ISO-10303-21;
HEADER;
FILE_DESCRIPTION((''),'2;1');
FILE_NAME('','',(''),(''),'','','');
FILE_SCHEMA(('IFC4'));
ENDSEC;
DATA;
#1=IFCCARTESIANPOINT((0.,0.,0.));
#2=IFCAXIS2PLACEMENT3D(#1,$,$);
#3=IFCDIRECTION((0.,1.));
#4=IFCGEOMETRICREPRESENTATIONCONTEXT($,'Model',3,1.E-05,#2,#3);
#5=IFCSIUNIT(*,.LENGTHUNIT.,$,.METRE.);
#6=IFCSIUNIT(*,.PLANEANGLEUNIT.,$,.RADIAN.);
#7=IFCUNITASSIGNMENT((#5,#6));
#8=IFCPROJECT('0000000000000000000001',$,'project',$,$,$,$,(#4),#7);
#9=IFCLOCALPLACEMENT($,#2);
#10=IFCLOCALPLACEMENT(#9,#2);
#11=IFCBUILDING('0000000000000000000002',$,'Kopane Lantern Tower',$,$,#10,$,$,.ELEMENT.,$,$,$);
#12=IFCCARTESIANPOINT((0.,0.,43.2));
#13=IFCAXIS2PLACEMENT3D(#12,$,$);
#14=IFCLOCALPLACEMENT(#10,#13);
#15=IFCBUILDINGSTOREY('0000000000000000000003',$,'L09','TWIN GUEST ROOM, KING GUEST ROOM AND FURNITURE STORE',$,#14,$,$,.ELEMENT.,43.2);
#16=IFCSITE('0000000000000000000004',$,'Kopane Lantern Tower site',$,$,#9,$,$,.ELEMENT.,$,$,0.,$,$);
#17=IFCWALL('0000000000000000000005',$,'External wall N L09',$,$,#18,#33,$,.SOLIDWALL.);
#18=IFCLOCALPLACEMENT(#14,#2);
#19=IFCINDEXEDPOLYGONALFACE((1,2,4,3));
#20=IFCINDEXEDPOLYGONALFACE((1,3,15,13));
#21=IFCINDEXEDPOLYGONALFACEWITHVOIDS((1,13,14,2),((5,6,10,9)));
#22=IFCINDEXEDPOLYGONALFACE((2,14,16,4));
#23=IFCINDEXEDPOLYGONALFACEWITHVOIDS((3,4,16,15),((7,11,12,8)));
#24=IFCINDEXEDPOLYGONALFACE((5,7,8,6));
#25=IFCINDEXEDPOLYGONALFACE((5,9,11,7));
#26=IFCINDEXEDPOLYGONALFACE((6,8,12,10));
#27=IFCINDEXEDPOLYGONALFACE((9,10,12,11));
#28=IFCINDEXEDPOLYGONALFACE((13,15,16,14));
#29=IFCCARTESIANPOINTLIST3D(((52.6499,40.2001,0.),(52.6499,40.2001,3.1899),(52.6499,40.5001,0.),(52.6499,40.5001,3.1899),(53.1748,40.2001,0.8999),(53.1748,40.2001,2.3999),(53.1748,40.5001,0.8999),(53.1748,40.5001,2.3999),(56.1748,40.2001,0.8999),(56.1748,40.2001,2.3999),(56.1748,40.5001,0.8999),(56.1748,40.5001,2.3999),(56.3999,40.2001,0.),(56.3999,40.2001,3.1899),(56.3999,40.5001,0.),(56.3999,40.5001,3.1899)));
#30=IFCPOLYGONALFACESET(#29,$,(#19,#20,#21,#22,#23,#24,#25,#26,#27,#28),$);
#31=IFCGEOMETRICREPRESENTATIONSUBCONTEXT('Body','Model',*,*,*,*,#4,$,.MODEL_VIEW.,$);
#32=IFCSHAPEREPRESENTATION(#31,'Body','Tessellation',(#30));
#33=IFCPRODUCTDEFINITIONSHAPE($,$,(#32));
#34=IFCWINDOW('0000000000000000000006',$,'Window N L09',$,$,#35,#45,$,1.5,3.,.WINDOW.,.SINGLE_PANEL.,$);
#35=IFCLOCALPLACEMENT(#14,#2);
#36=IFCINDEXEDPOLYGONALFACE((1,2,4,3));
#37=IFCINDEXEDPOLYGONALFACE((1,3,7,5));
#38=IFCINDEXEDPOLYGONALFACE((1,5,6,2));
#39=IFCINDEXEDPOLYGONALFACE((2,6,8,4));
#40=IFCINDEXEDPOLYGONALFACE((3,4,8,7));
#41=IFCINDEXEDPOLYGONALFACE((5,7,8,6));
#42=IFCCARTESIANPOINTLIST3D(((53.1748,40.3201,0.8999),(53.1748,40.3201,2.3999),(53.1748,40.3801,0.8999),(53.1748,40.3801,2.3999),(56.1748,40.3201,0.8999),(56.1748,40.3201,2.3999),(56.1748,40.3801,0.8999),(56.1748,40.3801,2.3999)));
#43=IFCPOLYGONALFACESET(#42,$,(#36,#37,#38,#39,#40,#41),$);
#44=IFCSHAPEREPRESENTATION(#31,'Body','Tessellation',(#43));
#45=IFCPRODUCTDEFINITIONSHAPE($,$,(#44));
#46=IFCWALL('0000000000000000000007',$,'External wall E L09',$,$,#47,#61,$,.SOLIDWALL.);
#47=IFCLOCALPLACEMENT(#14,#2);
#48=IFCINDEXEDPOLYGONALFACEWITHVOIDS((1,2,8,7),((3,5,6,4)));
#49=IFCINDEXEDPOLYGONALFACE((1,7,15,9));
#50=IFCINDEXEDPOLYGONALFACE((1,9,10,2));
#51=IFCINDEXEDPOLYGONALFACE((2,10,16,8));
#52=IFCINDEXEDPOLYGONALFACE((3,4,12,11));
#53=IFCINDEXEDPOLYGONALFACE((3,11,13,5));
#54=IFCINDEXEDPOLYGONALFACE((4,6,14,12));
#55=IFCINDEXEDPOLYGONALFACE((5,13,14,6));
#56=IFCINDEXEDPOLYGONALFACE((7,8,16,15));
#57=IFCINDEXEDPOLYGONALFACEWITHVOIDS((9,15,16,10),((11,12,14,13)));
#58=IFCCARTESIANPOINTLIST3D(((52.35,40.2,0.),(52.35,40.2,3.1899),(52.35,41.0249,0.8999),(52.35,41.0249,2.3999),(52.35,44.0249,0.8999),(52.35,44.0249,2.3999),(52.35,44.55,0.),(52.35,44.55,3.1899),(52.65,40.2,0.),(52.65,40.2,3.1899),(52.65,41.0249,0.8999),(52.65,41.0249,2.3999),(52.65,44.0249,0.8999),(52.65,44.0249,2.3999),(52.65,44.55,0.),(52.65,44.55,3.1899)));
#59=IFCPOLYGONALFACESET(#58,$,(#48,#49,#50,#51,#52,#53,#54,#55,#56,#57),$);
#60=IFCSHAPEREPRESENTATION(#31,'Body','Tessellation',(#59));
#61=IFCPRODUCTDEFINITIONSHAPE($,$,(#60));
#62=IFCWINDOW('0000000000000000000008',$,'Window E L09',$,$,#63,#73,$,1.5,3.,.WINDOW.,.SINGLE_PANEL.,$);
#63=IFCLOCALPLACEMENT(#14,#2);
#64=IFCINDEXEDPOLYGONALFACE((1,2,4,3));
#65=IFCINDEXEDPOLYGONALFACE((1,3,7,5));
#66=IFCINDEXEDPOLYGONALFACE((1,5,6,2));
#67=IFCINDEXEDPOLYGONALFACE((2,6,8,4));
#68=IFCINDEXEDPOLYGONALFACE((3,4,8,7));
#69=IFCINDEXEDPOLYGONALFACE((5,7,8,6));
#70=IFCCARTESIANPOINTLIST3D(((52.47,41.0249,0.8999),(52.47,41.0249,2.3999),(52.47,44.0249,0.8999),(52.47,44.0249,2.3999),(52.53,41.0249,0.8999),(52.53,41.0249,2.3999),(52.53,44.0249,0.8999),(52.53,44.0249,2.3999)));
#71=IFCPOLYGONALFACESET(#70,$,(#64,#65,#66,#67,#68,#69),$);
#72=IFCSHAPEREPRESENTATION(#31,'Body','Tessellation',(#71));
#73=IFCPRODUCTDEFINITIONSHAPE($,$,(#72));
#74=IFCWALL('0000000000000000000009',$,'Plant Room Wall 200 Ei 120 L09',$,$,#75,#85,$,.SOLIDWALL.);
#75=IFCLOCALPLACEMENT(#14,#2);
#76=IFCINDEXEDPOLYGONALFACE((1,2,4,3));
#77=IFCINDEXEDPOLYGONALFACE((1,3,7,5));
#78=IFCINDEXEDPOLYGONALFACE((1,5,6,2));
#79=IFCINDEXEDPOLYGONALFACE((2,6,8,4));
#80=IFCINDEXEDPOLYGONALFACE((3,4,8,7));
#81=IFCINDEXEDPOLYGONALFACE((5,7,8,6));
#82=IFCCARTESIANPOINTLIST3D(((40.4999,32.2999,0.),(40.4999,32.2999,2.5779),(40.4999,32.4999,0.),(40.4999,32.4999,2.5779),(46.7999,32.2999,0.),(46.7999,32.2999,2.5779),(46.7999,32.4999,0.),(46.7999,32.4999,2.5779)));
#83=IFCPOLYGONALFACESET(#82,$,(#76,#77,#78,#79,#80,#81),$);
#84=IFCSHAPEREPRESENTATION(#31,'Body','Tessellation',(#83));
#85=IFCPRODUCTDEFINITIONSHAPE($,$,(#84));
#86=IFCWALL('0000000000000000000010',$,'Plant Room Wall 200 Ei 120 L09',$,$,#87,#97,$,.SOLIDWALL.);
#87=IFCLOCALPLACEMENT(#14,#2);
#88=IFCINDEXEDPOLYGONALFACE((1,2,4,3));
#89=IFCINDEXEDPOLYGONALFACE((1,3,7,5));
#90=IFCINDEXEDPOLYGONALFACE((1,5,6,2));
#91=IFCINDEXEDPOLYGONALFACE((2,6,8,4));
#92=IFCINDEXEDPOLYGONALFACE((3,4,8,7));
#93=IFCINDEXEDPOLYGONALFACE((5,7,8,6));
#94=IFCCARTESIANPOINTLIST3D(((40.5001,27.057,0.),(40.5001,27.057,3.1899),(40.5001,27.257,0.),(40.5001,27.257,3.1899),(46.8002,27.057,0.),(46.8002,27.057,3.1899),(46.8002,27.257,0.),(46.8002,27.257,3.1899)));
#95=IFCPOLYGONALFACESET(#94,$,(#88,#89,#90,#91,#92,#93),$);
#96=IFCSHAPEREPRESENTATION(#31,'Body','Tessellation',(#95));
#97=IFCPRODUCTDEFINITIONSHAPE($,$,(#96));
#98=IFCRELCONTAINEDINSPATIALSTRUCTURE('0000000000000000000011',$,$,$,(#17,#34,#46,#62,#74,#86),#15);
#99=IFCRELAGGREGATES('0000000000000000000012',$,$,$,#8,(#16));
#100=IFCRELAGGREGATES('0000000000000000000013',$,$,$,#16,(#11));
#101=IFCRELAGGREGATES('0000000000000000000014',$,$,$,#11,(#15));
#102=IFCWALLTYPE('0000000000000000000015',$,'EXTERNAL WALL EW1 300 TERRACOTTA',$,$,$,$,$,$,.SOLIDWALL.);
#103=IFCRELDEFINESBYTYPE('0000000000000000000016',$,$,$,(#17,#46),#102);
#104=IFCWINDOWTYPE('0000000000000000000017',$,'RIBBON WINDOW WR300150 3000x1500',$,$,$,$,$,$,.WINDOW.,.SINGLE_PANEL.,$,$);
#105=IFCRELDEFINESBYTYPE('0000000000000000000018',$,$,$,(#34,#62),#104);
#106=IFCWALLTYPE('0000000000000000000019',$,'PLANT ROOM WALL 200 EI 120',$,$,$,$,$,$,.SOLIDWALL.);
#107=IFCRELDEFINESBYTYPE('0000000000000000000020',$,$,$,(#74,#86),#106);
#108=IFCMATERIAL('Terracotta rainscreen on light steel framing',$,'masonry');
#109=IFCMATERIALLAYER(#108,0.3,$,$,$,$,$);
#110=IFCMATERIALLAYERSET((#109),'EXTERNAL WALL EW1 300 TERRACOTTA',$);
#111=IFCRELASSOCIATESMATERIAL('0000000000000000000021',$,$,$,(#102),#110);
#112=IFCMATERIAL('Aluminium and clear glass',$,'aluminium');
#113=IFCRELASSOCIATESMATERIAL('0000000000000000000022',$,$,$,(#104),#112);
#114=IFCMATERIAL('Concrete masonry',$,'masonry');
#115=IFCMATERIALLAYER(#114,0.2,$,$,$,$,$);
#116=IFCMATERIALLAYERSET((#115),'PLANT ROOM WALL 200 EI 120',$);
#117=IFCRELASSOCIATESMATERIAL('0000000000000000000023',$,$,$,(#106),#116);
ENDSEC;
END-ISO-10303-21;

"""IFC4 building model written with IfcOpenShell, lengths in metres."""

from ifc_helpers import new_model, si_unit, direction, frame, frame_2d, origin, place, context, subcontext, project, spatial, rectangle, extrude, material, layer, layer_set, type_object, element, fill, save


model = new_model("IFC4")

# Units and contexts
model_context = context("Model", 3, precision=1e-05, world=origin(), true_north=direction((0.0, 1.0)))
body_context = subcontext(model_context, "Body", "Model", "MODEL_VIEW")
ifc_project = project(units=[si_unit("LENGTHUNIT", "METRE"), si_unit("PLANEANGLEUNIT", "RADIAN")], contexts=[model_context])

# Site, building, storey
site_placement = place(None, origin())
site = spatial("IfcSite", under=ifc_project, at=site_placement, Name="Kopane Lantern Tower site", CompositionType="ELEMENT", RefElevation=0.0)
building_placement = place(site_placement, origin())
building = spatial("IfcBuilding", under=site, at=building_placement, Name="Kopane Lantern Tower", CompositionType="ELEMENT")
storey_placement = place(building_placement, frame((0.0, 0.0, 43.2)))
storey = spatial("IfcBuildingStorey", under=building, at=storey_placement, Name="L09", Description="TWIN GUEST ROOM, KING GUEST ROOM AND FURNITURE STORE", CompositionType="ELEMENT", Elevation=43.2)

# Walls, openings, windows
ifc_material_1 = material(Name="Terracotta rainscreen on light steel framing", Category="masonry")
ifc_layer_1 = layer(ifc_material_1, 0.3)
ifc_layer_set_1 = layer_set([ifc_layer_1], Name="EXTERNAL WALL EW1 300 TERRACOTTA")
wall_type_1 = type_object("IfcWallType", Name="EXTERNAL WALL EW1 300 TERRACOTTA", PredefinedType="SOLIDWALL", material=ifc_layer_set_1)
wall_1_placement = place(storey_placement, frame((56.3999, 40.3501, 0.0), z_axis=(0.0, 0.0, 1.0), x_axis=(-1.0, 0.0, 0.0)))
wall_1 = element("IfcWall", 1, at=wall_1_placement, inside=storey, type_object=wall_type_1, Name="External wall N L09", PredefinedType="SOLIDWALL", context=body_context, shape_type="SweptSolid", body=[
    extrude(rectangle(XDim=3.75, YDim=0.3, at=frame_2d((1.875, 0.0))), origin(), (0.0, 0.0, 1.0), 3.1899),
])
opening_1_placement = place(wall_1_placement, frame((0.2251, 0.0, 0.8999)))
opening_1 = element("IfcOpeningElement", 2, at=opening_1_placement, cuts=wall_1, PredefinedType="OPENING", context=body_context, shape_type="SweptSolid", body=[
    extrude(rectangle(XDim=3.0, YDim=1.5, at=frame_2d((1.5, 0.75))), frame((0.0, 0.1599, 0.0), z_axis=(0.0, -1.0, 0.0), x_axis=(1.0, 0.0, 0.0)), (0.0, 0.0, 1.0), 0.3201),
])
ifc_material_2 = material(Name="Aluminium and clear glass", Category="aluminium")
window_type = type_object("IfcWindowType", Name="RIBBON WINDOW WR300150 3000x1500", PartitioningType="SINGLE_PANEL", PredefinedType="WINDOW", material=ifc_material_2)
window_1_placement = place(opening_1_placement, origin())
window_1 = element("IfcWindow", 3, at=window_1_placement, inside=storey, type_object=window_type, Name="Window N L09", OverallHeight=1.5, OverallWidth=3.0, PartitioningType="SINGLE_PANEL", PredefinedType="WINDOW", context=body_context, shape_type="SweptSolid", body=[
    extrude(rectangle(XDim=3.0, YDim=1.5, at=frame_2d((1.5, 0.75))), frame((0.0, 0.03, 0.0), z_axis=(0.0, -1.0, 0.0), x_axis=(1.0, 0.0, 0.0)), (0.0, 0.0, 1.0), 0.0601),
])
fill(opening_1, window_1)
wall_2_placement = place(storey_placement, frame((52.5, 40.2, 0.0), z_axis=(0.0, 0.0, 1.0), x_axis=(0.0, 1.0, 0.0)))
wall_2 = element("IfcWall", 4, at=wall_2_placement, inside=storey, type_object=wall_type_1, Name="External wall E L09", PredefinedType="SOLIDWALL", context=body_context, shape_type="SweptSolid", body=[
    extrude(rectangle(XDim=4.3501, YDim=0.3, at=frame_2d((2.175, 0.0))), origin(), (0.0, 0.0, 1.0), 3.1899),
])
opening_2_placement = place(wall_2_placement, frame((0.825, 0.0, 0.8999)))
opening_2 = element("IfcOpeningElement", 5, at=opening_2_placement, cuts=wall_2, PredefinedType="OPENING", context=body_context, shape_type="SweptSolid", body=[
    extrude(rectangle(XDim=3.0, YDim=1.5, at=frame_2d((1.5, 0.75))), frame((0.0, 0.1599, 0.0), z_axis=(0.0, -1.0, 0.0), x_axis=(1.0, 0.0, 0.0)), (0.0, 0.0, 1.0), 0.3201),
])
window_2_placement = place(opening_2_placement, origin())
window_2 = element("IfcWindow", 6, at=window_2_placement, inside=storey, type_object=window_type, Name="Window E L09", OverallHeight=1.5, OverallWidth=3.0, PartitioningType="SINGLE_PANEL", PredefinedType="WINDOW", context=body_context, shape_type="SweptSolid", body=[
    extrude(rectangle(XDim=3.0, YDim=1.5, at=frame_2d((1.5, 0.75))), frame((0.0, 0.03, 0.0), z_axis=(0.0, -1.0, 0.0), x_axis=(1.0, 0.0, 0.0)), (0.0, 0.0, 1.0), 0.0601),
])
fill(opening_2, window_2)

# Walls
ifc_material_3 = material(Name="Concrete masonry", Category="masonry")
ifc_layer_2 = layer(ifc_material_3, 0.2)
ifc_layer_set_2 = layer_set([ifc_layer_2], Name="PLANT ROOM WALL 200 EI 120")
wall_type_2 = type_object("IfcWallType", Name="PLANT ROOM WALL 200 EI 120", PredefinedType="SOLIDWALL", material=ifc_layer_set_2)
wall_3_placement = place(storey_placement, frame((40.5, 32.3999, 0.0), z_axis=(0.0, 0.0, 1.0), x_axis=(1.0, 0.0, 0.0)))
element("IfcWall", 7, at=wall_3_placement, inside=storey, type_object=wall_type_2, Name="Plant Room Wall 200 Ei 120 L09", PredefinedType="SOLIDWALL", context=body_context, shape_type="SweptSolid", body=[
    extrude(rectangle(XDim=6.3, YDim=0.2, at=frame_2d((3.1499, 0.0))), origin(), (0.0, 0.0, 1.0), 2.5779),
])
wall_4_placement = place(storey_placement, frame((46.8, 27.157, 0.0), z_axis=(0.0, 0.0, 1.0), x_axis=(-1.0, 0.0, 0.0)))
element("IfcWall", 8, at=wall_4_placement, inside=storey, type_object=wall_type_2, Name="Plant Room Wall 200 Ei 120 L09", PredefinedType="SOLIDWALL", context=body_context, shape_type="SweptSolid", body=[
    extrude(rectangle(XDim=6.3, YDim=0.2, at=frame_2d((3.1499, 0.0))), origin(), (0.0, 0.0, 1.0), 3.1899),
])

save(model, "model.ifc")
